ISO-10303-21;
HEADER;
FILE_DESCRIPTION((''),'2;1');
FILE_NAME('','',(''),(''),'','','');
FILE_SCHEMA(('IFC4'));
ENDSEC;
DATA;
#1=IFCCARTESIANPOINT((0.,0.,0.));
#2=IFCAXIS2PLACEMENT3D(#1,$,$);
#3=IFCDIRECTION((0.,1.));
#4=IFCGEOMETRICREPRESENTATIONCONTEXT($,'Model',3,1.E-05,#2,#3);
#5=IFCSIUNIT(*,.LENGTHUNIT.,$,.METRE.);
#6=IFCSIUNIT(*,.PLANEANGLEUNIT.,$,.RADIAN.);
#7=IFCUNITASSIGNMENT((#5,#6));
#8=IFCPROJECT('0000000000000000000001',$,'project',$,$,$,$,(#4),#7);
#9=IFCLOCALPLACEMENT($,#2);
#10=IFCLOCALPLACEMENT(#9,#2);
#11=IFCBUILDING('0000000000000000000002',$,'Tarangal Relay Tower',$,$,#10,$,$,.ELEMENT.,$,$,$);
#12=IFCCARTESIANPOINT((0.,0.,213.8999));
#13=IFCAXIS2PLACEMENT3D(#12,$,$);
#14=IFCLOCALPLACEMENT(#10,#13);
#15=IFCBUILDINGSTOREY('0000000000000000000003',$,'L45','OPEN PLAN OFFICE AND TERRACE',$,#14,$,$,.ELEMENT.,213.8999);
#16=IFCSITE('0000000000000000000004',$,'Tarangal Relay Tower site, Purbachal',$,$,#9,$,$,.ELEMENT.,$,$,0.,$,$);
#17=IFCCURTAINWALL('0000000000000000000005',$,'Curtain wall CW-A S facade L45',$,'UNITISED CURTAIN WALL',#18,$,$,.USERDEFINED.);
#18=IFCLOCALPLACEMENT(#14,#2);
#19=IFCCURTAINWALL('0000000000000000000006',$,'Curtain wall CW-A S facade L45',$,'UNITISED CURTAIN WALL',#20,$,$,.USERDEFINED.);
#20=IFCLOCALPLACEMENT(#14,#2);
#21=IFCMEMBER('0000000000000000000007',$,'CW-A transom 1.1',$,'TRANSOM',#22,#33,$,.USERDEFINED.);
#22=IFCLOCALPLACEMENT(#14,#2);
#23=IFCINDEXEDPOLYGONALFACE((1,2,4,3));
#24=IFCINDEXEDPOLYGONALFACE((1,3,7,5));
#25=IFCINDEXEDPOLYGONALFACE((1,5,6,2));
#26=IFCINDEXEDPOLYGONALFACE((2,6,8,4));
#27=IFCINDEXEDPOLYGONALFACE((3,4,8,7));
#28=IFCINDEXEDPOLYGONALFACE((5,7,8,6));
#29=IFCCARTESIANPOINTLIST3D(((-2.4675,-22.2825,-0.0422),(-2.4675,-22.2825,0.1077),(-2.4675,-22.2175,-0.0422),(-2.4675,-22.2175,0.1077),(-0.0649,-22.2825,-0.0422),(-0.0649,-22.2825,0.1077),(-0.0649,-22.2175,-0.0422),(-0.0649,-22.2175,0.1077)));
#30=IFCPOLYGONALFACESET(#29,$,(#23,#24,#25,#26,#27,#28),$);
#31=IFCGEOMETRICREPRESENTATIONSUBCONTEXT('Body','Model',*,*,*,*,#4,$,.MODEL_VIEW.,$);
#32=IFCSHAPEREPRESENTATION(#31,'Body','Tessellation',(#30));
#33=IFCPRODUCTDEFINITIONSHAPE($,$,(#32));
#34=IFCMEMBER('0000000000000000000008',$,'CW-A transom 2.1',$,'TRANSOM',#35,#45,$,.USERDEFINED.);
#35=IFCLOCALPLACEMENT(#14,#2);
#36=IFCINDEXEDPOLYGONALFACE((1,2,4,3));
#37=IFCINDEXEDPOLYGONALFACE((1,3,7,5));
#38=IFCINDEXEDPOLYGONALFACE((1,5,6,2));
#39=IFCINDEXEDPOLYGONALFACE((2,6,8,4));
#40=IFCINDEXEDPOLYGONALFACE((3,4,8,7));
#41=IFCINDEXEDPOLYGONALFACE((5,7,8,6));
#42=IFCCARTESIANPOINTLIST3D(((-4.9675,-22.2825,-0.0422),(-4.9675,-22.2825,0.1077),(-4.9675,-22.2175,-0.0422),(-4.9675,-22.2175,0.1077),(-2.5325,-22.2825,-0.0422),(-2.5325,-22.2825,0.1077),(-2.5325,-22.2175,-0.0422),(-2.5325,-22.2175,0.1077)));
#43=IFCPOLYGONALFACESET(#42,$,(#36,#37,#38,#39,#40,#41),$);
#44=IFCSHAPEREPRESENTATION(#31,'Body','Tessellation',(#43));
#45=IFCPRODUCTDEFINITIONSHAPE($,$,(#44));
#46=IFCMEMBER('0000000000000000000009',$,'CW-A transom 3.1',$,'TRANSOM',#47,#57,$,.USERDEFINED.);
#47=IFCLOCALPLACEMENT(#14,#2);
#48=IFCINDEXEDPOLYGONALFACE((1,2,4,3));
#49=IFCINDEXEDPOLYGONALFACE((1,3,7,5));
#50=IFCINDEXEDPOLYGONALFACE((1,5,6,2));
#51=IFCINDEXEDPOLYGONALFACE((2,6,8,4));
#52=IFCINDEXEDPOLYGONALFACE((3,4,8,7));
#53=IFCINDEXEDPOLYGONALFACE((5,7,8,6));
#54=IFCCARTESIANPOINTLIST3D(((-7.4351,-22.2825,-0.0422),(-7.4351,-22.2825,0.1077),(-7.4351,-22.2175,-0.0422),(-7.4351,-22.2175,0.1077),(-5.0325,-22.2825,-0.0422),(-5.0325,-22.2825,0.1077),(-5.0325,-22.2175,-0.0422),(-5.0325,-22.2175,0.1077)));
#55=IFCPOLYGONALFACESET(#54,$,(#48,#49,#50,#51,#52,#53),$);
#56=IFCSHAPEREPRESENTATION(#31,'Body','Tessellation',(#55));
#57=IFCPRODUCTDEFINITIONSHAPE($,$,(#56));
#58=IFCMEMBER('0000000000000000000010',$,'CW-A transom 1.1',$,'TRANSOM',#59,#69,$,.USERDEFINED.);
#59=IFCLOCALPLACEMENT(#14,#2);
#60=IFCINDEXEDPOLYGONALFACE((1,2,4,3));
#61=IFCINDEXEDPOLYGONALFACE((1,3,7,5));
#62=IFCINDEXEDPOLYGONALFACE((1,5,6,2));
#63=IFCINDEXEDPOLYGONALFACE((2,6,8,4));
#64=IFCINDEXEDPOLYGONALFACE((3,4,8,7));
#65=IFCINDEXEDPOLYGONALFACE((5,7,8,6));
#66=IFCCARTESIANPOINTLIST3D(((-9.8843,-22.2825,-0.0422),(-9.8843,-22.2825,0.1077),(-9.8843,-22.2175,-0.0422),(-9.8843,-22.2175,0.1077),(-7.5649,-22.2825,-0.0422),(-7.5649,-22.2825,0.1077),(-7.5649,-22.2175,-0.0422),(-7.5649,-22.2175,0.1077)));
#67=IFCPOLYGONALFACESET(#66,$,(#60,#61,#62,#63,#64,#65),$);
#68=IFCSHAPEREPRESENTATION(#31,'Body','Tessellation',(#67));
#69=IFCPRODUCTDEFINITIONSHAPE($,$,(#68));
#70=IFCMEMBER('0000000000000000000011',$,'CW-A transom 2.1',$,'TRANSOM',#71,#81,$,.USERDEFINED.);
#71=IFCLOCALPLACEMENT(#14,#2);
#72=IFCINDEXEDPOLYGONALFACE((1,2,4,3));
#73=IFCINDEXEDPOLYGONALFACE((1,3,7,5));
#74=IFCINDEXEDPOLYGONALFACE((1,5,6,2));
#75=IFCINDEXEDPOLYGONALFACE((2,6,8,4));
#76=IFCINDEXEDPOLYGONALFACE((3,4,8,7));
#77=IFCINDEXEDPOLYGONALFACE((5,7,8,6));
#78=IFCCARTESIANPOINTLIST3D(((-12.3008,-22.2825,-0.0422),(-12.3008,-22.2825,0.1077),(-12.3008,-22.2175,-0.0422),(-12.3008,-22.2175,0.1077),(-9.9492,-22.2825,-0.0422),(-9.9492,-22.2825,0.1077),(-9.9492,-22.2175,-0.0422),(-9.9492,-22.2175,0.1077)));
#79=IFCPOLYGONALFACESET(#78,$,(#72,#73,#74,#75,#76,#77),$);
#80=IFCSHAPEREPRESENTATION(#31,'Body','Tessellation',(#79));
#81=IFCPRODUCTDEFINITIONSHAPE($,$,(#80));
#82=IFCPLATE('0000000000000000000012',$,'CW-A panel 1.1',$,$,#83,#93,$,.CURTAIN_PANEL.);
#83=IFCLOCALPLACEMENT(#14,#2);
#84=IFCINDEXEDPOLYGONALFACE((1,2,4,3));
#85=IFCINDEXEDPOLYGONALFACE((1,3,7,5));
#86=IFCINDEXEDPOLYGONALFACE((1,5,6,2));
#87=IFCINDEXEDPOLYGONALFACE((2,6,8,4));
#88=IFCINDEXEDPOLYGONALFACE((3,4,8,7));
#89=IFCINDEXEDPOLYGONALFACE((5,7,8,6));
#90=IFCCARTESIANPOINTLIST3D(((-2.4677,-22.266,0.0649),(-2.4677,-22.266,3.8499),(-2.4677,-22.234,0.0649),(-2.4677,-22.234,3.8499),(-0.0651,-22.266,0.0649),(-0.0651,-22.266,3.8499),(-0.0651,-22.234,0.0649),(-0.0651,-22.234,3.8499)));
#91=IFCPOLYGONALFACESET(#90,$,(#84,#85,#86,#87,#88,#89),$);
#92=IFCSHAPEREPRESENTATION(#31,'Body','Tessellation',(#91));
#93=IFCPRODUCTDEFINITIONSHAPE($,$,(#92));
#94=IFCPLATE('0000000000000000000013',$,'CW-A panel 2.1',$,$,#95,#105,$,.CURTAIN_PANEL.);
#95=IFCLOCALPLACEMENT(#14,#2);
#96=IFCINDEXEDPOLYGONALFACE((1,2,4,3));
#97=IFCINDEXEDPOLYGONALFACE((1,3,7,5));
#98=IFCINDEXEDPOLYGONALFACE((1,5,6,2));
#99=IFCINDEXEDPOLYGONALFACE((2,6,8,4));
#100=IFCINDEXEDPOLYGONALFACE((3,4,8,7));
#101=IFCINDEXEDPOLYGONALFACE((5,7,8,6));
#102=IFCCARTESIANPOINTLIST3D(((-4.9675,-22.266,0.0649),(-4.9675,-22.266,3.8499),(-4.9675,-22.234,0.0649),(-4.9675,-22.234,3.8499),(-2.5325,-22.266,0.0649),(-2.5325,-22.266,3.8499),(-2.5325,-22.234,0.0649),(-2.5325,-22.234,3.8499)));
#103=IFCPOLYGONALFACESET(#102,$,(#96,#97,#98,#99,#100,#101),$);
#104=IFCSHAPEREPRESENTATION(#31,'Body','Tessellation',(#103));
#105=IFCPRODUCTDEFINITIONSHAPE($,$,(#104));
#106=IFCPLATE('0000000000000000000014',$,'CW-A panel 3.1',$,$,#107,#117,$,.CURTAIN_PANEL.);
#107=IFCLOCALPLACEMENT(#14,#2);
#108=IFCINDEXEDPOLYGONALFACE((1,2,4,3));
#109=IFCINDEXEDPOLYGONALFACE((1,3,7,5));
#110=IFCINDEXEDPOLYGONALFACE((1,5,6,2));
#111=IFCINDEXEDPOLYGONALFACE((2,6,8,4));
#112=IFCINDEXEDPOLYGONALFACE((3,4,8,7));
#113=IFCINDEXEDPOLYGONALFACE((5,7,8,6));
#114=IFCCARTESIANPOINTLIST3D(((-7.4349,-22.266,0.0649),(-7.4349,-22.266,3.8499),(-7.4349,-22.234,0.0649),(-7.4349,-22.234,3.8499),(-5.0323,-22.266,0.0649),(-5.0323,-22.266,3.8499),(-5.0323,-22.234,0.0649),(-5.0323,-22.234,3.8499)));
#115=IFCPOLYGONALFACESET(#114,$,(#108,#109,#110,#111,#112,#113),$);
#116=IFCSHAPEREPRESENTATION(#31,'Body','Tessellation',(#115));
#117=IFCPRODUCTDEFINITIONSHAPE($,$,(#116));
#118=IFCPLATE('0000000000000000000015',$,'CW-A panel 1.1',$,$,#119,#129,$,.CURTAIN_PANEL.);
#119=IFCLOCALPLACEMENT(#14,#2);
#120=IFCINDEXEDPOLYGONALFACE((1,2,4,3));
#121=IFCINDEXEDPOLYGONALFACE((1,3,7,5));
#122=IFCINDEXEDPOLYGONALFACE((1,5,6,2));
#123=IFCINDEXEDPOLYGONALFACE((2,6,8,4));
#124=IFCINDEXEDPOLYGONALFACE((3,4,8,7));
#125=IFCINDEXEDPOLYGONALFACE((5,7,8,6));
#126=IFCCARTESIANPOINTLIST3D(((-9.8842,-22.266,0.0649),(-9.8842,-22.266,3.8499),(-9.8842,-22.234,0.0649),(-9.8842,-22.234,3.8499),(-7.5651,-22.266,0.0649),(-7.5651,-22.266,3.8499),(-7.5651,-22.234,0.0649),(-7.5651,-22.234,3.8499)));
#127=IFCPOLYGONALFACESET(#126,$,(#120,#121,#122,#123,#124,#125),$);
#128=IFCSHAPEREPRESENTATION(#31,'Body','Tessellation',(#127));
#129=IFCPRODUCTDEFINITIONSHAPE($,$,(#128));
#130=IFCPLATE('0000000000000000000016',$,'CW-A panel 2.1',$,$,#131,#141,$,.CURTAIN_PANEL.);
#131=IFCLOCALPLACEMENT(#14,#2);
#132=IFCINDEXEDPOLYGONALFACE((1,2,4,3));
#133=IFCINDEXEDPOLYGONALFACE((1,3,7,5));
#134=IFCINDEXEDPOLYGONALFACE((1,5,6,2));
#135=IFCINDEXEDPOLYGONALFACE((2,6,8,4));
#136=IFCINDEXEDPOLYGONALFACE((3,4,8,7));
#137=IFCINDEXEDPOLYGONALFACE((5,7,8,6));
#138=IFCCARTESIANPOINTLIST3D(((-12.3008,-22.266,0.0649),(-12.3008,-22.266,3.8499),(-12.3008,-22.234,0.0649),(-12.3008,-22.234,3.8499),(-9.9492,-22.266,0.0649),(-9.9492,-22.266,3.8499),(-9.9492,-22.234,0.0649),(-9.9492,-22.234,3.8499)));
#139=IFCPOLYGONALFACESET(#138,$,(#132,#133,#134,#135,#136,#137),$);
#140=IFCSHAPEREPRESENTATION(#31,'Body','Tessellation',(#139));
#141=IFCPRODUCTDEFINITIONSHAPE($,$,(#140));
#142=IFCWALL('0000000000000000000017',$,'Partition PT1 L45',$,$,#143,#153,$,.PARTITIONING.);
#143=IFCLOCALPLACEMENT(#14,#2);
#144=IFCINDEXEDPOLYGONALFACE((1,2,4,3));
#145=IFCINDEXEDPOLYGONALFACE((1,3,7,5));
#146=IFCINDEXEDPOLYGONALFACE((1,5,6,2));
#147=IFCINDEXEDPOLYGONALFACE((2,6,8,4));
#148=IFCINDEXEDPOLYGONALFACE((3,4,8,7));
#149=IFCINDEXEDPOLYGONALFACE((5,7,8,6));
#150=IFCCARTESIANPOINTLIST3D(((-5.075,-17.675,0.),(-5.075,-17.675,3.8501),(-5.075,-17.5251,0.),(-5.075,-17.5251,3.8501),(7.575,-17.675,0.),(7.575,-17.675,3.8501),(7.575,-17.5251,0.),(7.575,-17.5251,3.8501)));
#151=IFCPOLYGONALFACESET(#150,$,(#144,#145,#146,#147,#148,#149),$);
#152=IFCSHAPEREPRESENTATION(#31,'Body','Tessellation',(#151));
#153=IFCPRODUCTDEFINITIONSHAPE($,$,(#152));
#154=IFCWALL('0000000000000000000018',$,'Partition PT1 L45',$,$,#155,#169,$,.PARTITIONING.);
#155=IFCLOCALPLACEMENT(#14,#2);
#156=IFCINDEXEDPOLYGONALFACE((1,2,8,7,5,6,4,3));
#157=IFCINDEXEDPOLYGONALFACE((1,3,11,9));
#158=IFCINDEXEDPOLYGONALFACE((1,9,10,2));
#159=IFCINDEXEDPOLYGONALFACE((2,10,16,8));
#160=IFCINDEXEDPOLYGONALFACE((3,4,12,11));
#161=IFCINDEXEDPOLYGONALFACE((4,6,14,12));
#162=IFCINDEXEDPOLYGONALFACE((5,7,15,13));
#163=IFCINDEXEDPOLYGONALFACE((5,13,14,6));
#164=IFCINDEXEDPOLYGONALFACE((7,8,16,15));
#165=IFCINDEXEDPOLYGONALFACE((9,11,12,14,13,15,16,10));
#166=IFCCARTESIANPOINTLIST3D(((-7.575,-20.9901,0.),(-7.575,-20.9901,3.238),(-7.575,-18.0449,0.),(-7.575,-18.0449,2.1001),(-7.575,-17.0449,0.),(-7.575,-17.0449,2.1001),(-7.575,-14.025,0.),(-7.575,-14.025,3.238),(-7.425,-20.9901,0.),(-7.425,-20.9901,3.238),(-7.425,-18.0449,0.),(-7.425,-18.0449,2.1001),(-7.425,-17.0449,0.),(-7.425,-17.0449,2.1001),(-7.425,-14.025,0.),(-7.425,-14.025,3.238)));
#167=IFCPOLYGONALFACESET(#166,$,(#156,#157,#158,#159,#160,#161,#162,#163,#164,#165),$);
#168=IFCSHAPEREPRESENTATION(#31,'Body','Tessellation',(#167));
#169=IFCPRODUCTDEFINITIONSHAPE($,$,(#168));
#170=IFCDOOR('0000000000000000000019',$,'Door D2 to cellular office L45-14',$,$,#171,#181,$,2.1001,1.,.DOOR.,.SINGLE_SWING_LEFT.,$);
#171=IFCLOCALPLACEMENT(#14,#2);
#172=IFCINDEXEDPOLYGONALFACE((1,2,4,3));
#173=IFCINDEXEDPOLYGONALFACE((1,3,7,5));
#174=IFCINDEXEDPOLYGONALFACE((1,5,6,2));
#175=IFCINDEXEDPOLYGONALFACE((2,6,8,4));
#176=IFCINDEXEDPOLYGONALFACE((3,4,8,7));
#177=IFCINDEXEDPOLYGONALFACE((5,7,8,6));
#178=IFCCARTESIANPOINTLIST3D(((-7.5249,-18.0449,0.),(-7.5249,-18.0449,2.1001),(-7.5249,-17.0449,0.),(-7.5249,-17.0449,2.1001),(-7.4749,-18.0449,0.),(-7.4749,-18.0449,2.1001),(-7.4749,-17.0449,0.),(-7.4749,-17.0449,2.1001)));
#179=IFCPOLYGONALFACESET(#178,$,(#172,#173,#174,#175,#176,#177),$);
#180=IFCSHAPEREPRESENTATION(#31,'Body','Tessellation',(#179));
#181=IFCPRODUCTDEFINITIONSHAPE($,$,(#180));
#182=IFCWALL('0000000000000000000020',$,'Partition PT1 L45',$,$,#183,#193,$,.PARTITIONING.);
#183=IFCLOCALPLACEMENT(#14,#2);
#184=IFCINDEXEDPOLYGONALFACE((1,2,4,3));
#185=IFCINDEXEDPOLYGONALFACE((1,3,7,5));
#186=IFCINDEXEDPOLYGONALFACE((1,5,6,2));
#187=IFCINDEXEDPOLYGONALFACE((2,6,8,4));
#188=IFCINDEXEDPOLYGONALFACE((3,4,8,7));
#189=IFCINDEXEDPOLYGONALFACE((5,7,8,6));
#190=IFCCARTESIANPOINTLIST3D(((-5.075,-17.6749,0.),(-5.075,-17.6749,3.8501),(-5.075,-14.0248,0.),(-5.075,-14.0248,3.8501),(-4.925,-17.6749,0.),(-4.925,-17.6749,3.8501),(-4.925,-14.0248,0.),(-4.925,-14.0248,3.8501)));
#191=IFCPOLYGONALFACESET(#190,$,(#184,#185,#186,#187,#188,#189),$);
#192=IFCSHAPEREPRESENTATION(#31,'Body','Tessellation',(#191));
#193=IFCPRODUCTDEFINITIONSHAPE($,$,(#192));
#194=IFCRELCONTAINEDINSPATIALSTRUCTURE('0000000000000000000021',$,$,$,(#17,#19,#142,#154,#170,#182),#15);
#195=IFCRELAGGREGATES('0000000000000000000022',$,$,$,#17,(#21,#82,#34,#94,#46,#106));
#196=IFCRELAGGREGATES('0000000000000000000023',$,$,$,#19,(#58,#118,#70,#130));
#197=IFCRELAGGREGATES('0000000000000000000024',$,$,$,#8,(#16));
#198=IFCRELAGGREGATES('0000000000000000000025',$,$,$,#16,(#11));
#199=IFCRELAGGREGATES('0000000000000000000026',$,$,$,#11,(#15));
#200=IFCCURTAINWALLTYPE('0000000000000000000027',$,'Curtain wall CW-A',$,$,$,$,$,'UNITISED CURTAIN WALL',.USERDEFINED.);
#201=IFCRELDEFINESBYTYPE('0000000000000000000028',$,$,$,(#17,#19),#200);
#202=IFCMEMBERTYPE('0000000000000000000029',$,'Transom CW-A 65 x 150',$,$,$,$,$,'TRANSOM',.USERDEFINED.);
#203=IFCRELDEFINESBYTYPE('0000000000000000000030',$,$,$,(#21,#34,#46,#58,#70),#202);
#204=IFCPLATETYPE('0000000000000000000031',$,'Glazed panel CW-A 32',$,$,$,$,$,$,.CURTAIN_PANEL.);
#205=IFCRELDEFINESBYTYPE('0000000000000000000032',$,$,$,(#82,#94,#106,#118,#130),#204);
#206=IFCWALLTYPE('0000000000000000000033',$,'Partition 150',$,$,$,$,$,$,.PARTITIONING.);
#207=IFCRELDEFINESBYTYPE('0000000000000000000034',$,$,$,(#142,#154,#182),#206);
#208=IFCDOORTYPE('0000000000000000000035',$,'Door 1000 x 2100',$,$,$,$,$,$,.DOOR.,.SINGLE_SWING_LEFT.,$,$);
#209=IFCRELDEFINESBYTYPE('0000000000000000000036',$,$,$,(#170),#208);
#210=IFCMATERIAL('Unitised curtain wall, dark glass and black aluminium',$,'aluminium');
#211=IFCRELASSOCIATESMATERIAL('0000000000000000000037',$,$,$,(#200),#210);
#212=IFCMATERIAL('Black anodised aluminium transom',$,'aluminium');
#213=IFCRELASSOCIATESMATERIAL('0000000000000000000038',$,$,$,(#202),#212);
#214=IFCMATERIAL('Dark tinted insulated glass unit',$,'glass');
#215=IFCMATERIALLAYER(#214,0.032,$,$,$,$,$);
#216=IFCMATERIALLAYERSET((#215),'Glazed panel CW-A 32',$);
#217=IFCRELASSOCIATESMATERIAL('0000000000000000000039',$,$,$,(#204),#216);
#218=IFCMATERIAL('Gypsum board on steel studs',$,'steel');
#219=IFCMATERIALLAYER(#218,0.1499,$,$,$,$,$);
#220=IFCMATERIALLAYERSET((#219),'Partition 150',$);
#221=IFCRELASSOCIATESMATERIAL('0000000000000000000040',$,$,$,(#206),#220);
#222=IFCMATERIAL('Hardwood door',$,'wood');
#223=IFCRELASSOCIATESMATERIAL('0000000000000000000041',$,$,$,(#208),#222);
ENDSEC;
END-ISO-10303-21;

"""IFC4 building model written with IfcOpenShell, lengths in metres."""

from ifc_helpers import new_model, si_unit, direction, frame, frame_2d, origin, origin_2d, place, context, subcontext, project, spatial, rectangle, extrude, material, layer, layer_set, material_profile, profile_set, type_object, element, fill, aggregate, save


model = new_model("IFC4")

# Units and contexts
model_context = context("Model", 3, precision=1e-05, world=origin(), true_north=direction((0.0, 1.0)))
body_context = subcontext(model_context, "Body", "Model", "MODEL_VIEW")
ifc_project = project(units=[si_unit("LENGTHUNIT", "METRE"), si_unit("PLANEANGLEUNIT", "RADIAN")], contexts=[model_context])

# Site, building, storey
site_placement = place(None, origin())
site = spatial("IfcSite", under=ifc_project, at=site_placement, Name="Tarangal Relay Tower site, Purbachal", CompositionType="ELEMENT", RefElevation=0.0)
building_placement = place(site_placement, origin())
building = spatial("IfcBuilding", under=site, at=building_placement, Name="Tarangal Relay Tower", CompositionType="ELEMENT")
storey_placement = place(building_placement, frame((0.0, 0.0, 213.8999)))
storey = spatial("IfcBuildingStorey", under=building, at=storey_placement, Name="L45", Description="OPEN PLAN OFFICE AND TERRACE", CompositionType="ELEMENT", Elevation=213.8999)

# Curtain walls
ifc_material_1 = material(Name="Unitised curtain wall, dark glass and black aluminium", Category="aluminium")
curtain_wall_type = type_object("IfcCurtainWallType", Name="Curtain wall CW-A", ElementType="UNITISED CURTAIN WALL", PredefinedType="USERDEFINED", material=ifc_material_1)
curtain_wall_1_placement = place(storey_placement, origin())
curtain_wall_1 = element("IfcCurtainWall", 1, at=curtain_wall_1_placement, inside=storey, type_object=curtain_wall_type, Name="Curtain wall CW-A S facade L45", ObjectType="UNITISED CURTAIN WALL", PredefinedType="USERDEFINED")
curtain_wall_2_placement = place(storey_placement, origin())
curtain_wall_2 = element("IfcCurtainWall", 2, at=curtain_wall_2_placement, inside=storey, type_object=curtain_wall_type, Name="Curtain wall CW-A S facade L45", ObjectType="UNITISED CURTAIN WALL", PredefinedType="USERDEFINED")

# Members
ifc_material_2 = material(Name="Black anodised aluminium transom", Category="aluminium")
ifc_material_profile_1 = material_profile(ifc_material_2, rectangle(XDim=0.0649, YDim=0.1499, at=origin_2d()), Name="CW-AT 65X150")
ifc_profile_set_1 = profile_set([ifc_material_profile_1], Name="Black anodised aluminium transom")
member_type_1 = type_object("IfcMemberType", Name="Transom CW-A 65 x 150", ElementType="TRANSOM", PredefinedType="USERDEFINED", material=ifc_profile_set_1)
member_1_placement = place(storey_placement, frame((-0.0649, -22.25, 0.0327), z_axis=(-1.0, 0.0, 0.0), x_axis=(0.0, -1.0, 0.0)))
member_1 = element("IfcMember", 3, at=member_1_placement, type_object=member_type_1, Name="CW-A transom 1.1", ObjectType="TRANSOM", PredefinedType="USERDEFINED", context=body_context, shape_type="SweptSolid", body=[
    extrude(rectangle(XDim=0.0649, YDim=0.1499, at=origin_2d()), origin(), (0.0, 0.0, 1.0), 2.4026),
])
member_2_placement = place(storey_placement, frame((-2.5325, -22.25, 0.0327), z_axis=(-1.0, 0.0, 0.0), x_axis=(0.0, -1.0, 0.0)))
member_2 = element("IfcMember", 4, at=member_2_placement, type_object=member_type_1, Name="CW-A transom 2.1", ObjectType="TRANSOM", PredefinedType="USERDEFINED", context=body_context, shape_type="SweptSolid", body=[
    extrude(rectangle(XDim=0.0649, YDim=0.1499, at=origin_2d()), origin(), (0.0, 0.0, 1.0), 2.4351),
])
member_3_placement = place(storey_placement, frame((-5.0325, -22.25, 0.0327), z_axis=(-1.0, 0.0, 0.0), x_axis=(0.0, -1.0, 0.0)))
member_3 = element("IfcMember", 5, at=member_3_placement, type_object=member_type_1, Name="CW-A transom 3.1", ObjectType="TRANSOM", PredefinedType="USERDEFINED", context=body_context, shape_type="SweptSolid", body=[
    extrude(rectangle(XDim=0.0649, YDim=0.1499, at=origin_2d()), origin(), (0.0, 0.0, 1.0), 2.4026),
])
member_4_placement = place(storey_placement, frame((-7.5649, -22.25, 0.0327), z_axis=(-1.0, 0.0, 0.0), x_axis=(0.0, -1.0, 0.0)))
member_4 = element("IfcMember", 6, at=member_4_placement, type_object=member_type_1, Name="CW-A transom 1.1", ObjectType="TRANSOM", PredefinedType="USERDEFINED", context=body_context, shape_type="SweptSolid", body=[
    extrude(rectangle(XDim=0.0649, YDim=0.1499, at=origin_2d()), origin(), (0.0, 0.0, 1.0), 2.3193),
])
member_5_placement = place(storey_placement, frame((-9.9492, -22.25, 0.0327), z_axis=(-1.0, 0.0, 0.0), x_axis=(0.0, -1.0, 0.0)))
member_5 = element("IfcMember", 7, at=member_5_placement, type_object=member_type_1, Name="CW-A transom 2.1", ObjectType="TRANSOM", PredefinedType="USERDEFINED", context=body_context, shape_type="SweptSolid", body=[
    extrude(rectangle(XDim=0.0649, YDim=0.1499, at=origin_2d()), origin(), (0.0, 0.0, 1.0), 2.3516),
])

# Plates
ifc_material_3 = material(Name="Dark tinted insulated glass unit", Category="glass")
ifc_layer_1 = layer(ifc_material_3, 0.032)
ifc_layer_set_1 = layer_set([ifc_layer_1], Name="Glazed panel CW-A 32")
plate_type = type_object("IfcPlateType", Name="Glazed panel CW-A 32", PredefinedType="CURTAIN_PANEL", material=ifc_layer_set_1)
plate_1_placement = place(storey_placement, frame((-1.2664, -22.25, 0.0649), z_axis=(0.0, 0.0, 1.0), x_axis=(-1.0, 0.0, 0.0)))
plate_1 = element("IfcPlate", 8, at=plate_1_placement, type_object=plate_type, Name="CW-A panel 1.1", PredefinedType="CURTAIN_PANEL", context=body_context, shape_type="SweptSolid", body=[
    extrude(rectangle(XDim=2.4026, YDim=0.032, at=origin_2d()), origin(), (0.0, 0.0, 1.0), 3.7849),
])
plate_2_placement = place(storey_placement, frame((-3.75, -22.25, 0.0649), z_axis=(0.0, 0.0, 1.0), x_axis=(-1.0, 0.0, 0.0)))
plate_2 = element("IfcPlate", 9, at=plate_2_placement, type_object=plate_type, Name="CW-A panel 2.1", PredefinedType="CURTAIN_PANEL", context=body_context, shape_type="SweptSolid", body=[
    extrude(rectangle(XDim=2.4351, YDim=0.032, at=origin_2d()), origin(), (0.0, 0.0, 1.0), 3.7849),
])
plate_3_placement = place(storey_placement, frame((-6.2336, -22.25, 0.0649), z_axis=(0.0, 0.0, 1.0), x_axis=(-1.0, 0.0, 0.0)))
plate_3 = element("IfcPlate", 10, at=plate_3_placement, type_object=plate_type, Name="CW-A panel 3.1", PredefinedType="CURTAIN_PANEL", context=body_context, shape_type="SweptSolid", body=[
    extrude(rectangle(XDim=2.4026, YDim=0.032, at=origin_2d()), origin(), (0.0, 0.0, 1.0), 3.7849),
])
aggregate(curtain_wall_1, [member_1, plate_1, member_2, plate_2, member_3, plate_3])
plate_4_placement = place(storey_placement, frame((-8.7246, -22.25, 0.0649), z_axis=(0.0, 0.0, 1.0), x_axis=(-1.0, 0.0, 0.0)))
plate_4 = element("IfcPlate", 11, at=plate_4_placement, type_object=plate_type, Name="CW-A panel 1.1", PredefinedType="CURTAIN_PANEL", context=body_context, shape_type="SweptSolid", body=[
    extrude(rectangle(XDim=2.3191, YDim=0.032, at=origin_2d()), origin(), (0.0, 0.0, 1.0), 3.7849),
])
plate_5_placement = place(storey_placement, frame((-11.125, -22.25, 0.0649), z_axis=(0.0, 0.0, 1.0), x_axis=(-1.0, 0.0, 0.0)))
plate_5 = element("IfcPlate", 12, at=plate_5_placement, type_object=plate_type, Name="CW-A panel 2.1", PredefinedType="CURTAIN_PANEL", context=body_context, shape_type="SweptSolid", body=[
    extrude(rectangle(XDim=2.3516, YDim=0.032, at=origin_2d()), origin(), (0.0, 0.0, 1.0), 3.7849),
])
aggregate(curtain_wall_2, [member_4, plate_4, member_5, plate_5])

# Wall
ifc_material_4 = material(Name="Gypsum board on steel studs", Category="steel")
ifc_layer_2 = layer(ifc_material_4, 0.1499)
ifc_layer_set_2 = layer_set([ifc_layer_2], Name="Partition 150")
wall_type = type_object("IfcWallType", Name="Partition 150", PredefinedType="PARTITIONING", material=ifc_layer_set_2)
wall_1_placement = place(storey_placement, frame((-5.075, -17.6001, 0.0), z_axis=(0.0, 0.0, 1.0), x_axis=(1.0, 0.0, 0.0)))
element("IfcWall", 13, at=wall_1_placement, inside=storey, type_object=wall_type, Name="Partition PT1 L45", PredefinedType="PARTITIONING", context=body_context, shape_type="SweptSolid", body=[
    extrude(rectangle(XDim=12.6499, YDim=0.1499, at=frame_2d((6.325, 0.0))), origin(), (0.0, 0.0, 1.0), 3.8501),
])

# Wall, opening, door
wall_2_placement = place(storey_placement, frame((-7.5, -20.99, 0.0), z_axis=(0.0, 0.0, 1.0), x_axis=(0.0, 1.0, 0.0)))
wall_2 = element("IfcWall", 14, at=wall_2_placement, inside=storey, type_object=wall_type, Name="Partition PT1 L45", PredefinedType="PARTITIONING", context=body_context, shape_type="SweptSolid", body=[
    extrude(rectangle(XDim=6.9651, YDim=0.1499, at=frame_2d((3.4824, 0.0))), origin(), (0.0, 0.0, 1.0), 3.238),
])
opening_1_placement = place(wall_2_placement, frame((2.9451, 0.0, 0.0)))
opening_1 = element("IfcOpeningElement", 15, at=opening_1_placement, cuts=wall_2, PredefinedType="OPENING", context=body_context, shape_type="SweptSolid", body=[
    extrude(rectangle(XDim=1.0, YDim=2.1001, at=frame_2d((0.5, 1.05))), frame((0.0, 0.085, 0.0), z_axis=(0.0, -1.0, 0.0), x_axis=(1.0, 0.0, 0.0)), (0.0, 0.0, 1.0), 0.1699),
])
ifc_material_5 = material(Name="Hardwood door", Category="wood")
door_type = type_object("IfcDoorType", Name="Door 1000 x 2100", OperationType="SINGLE_SWING_LEFT", PredefinedType="DOOR", material=ifc_material_5)
door_1_placement = place(opening_1_placement, origin())
door_1 = element("IfcDoor", 16, at=door_1_placement, inside=storey, type_object=door_type, Name="Door D2 to cellular office L45-14", OperationType="SINGLE_SWING_LEFT", OverallHeight=2.1001, OverallWidth=1.0, PredefinedType="DOOR", context=body_context, shape_type="SweptSolid", body=[
    extrude(rectangle(XDim=1.0, YDim=2.1001, at=frame_2d((0.5, 1.05))), frame((0.0, 0.0249, 0.0), z_axis=(0.0, -1.0, 0.0), x_axis=(1.0, 0.0, 0.0)), (0.0, 0.0, 1.0), 0.05),
])
fill(opening_1, door_1)

# Wall
wall_3_placement = place(storey_placement, frame((-5.0, -17.675, 0.0), z_axis=(0.0, 0.0, 1.0), x_axis=(0.0, 1.0, 0.0)))
element("IfcWall", 17, at=wall_3_placement, inside=storey, type_object=wall_type, Name="Partition PT1 L45", PredefinedType="PARTITIONING", context=body_context, shape_type="SweptSolid", body=[
    extrude(rectangle(XDim=3.6501, YDim=0.1499, at=frame_2d((1.8252, 0.0))), origin(), (0.0, 0.0, 1.0), 3.8501),
])

save(model, "model.ifc")
